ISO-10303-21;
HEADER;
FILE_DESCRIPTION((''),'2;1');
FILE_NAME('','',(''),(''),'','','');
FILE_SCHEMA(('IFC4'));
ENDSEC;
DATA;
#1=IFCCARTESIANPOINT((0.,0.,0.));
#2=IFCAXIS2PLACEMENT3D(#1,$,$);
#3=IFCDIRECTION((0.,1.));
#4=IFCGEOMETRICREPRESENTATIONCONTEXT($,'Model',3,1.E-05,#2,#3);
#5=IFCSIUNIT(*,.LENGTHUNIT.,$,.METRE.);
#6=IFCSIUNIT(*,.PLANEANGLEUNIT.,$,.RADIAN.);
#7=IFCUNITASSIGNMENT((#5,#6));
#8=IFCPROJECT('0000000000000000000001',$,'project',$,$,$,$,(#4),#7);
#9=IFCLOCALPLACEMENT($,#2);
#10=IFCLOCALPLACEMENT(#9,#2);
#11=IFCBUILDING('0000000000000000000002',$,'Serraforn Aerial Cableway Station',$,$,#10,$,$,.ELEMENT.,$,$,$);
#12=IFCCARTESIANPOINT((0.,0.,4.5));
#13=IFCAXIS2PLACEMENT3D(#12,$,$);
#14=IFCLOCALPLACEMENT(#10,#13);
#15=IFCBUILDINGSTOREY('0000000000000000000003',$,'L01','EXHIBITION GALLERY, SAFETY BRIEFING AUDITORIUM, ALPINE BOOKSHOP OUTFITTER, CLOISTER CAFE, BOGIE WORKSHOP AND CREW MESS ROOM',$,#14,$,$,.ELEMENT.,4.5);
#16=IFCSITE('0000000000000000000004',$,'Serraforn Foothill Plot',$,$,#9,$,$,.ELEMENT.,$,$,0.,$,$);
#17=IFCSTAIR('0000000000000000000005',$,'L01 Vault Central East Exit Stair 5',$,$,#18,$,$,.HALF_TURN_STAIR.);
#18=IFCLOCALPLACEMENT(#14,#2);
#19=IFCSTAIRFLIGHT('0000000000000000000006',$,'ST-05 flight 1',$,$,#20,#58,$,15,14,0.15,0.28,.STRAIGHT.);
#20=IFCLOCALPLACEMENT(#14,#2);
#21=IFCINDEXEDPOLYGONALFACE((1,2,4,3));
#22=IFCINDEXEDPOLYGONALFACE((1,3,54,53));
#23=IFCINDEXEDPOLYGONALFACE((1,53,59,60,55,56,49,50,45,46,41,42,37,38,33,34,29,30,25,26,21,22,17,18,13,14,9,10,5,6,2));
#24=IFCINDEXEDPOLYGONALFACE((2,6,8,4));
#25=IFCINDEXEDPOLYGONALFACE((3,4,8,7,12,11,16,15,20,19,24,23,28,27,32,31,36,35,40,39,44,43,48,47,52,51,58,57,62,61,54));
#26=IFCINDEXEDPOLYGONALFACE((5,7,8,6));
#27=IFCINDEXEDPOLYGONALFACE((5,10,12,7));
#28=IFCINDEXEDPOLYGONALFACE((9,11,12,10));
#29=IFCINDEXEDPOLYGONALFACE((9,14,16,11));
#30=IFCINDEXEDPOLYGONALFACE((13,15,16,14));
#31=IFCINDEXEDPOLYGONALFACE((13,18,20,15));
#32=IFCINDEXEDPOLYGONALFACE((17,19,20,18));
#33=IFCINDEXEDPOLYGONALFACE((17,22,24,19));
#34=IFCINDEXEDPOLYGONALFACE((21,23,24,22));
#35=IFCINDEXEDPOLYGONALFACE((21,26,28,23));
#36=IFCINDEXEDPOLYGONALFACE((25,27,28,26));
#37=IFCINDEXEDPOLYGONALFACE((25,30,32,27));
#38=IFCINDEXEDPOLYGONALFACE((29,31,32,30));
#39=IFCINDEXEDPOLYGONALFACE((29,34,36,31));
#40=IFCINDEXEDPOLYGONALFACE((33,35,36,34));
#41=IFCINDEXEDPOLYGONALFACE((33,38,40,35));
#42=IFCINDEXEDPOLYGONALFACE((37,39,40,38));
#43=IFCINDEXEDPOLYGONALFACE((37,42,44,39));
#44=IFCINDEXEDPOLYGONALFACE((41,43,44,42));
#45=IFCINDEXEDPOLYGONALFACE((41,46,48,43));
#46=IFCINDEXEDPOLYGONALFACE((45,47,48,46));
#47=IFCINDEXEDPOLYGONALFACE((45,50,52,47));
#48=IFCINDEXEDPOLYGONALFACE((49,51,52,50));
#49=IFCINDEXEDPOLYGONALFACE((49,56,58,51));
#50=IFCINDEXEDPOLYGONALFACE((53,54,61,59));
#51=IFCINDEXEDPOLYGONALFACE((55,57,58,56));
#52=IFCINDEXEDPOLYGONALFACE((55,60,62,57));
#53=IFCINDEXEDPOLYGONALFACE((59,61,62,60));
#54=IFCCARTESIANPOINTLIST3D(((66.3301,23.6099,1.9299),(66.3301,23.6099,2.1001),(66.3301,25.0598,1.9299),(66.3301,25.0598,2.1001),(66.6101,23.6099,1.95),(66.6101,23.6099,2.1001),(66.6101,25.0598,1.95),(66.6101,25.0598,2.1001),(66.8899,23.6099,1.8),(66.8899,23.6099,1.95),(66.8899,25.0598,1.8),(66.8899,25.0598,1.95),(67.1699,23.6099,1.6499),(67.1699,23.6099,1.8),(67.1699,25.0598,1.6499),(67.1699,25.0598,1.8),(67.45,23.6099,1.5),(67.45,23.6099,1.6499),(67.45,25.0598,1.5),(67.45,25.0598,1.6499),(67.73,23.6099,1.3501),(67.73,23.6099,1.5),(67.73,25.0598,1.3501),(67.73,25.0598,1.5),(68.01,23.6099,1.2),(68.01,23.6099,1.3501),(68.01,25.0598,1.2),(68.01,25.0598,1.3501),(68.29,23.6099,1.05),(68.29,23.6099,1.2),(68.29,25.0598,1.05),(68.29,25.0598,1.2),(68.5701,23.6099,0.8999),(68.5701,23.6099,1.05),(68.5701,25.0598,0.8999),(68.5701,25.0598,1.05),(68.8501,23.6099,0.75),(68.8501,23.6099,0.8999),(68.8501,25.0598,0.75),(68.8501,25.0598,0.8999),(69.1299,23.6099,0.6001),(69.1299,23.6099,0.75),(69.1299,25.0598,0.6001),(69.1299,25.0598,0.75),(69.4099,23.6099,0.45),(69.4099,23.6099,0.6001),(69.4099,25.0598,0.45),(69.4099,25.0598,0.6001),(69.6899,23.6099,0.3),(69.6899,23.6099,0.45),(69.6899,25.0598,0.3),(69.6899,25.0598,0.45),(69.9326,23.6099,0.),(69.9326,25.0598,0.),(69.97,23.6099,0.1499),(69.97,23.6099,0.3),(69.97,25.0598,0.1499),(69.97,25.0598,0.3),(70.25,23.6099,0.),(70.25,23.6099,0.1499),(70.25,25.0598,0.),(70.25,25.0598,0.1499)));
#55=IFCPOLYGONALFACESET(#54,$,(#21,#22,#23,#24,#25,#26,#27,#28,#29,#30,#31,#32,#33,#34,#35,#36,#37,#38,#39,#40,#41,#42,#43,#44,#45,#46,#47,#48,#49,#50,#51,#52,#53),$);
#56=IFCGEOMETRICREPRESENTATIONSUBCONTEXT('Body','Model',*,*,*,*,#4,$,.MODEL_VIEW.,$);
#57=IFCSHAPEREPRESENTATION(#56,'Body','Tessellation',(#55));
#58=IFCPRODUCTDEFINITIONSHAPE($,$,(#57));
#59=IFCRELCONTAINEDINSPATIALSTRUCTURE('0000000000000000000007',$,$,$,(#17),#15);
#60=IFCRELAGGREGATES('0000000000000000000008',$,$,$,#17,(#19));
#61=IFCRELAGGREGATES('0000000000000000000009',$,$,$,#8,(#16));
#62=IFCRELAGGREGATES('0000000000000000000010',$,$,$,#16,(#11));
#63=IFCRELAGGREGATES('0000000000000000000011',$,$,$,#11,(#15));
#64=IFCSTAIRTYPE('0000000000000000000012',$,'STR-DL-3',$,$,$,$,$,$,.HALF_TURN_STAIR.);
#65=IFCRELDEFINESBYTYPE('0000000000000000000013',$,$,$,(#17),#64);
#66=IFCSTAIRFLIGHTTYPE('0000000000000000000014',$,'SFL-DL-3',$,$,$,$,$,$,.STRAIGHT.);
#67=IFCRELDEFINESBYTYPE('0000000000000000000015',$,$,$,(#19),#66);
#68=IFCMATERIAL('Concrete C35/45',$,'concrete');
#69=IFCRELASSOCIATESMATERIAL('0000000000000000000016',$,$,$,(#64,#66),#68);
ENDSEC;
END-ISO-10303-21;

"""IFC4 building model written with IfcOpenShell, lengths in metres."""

from ifc_helpers import new_model, si_unit, direction, frame, origin, place, context, subcontext, project, spatial, polyline, outline, extrude, material, type_object, element, aggregate, save


model = new_model("IFC4")

# Units and contexts
model_context = context("Model", 3, precision=1e-05, world=origin(), true_north=direction((0.0, 1.0)))
body_context = subcontext(model_context, "Body", "Model", "MODEL_VIEW")
ifc_project = project(units=[si_unit("LENGTHUNIT", "METRE"), si_unit("PLANEANGLEUNIT", "RADIAN")], contexts=[model_context])

# Site, building, storey
site_placement = place(None, origin())
site = spatial("IfcSite", under=ifc_project, at=site_placement, Name="Serraforn Foothill Plot", CompositionType="ELEMENT", RefElevation=0.0)
building_placement = place(site_placement, origin())
building = spatial("IfcBuilding", under=site, at=building_placement, Name="Serraforn Aerial Cableway Station", CompositionType="ELEMENT")
storey_placement = place(building_placement, frame((0.0, 0.0, 4.5)))
storey = spatial("IfcBuildingStorey", under=building, at=storey_placement, Name="L01", Description="EXHIBITION GALLERY, SAFETY BRIEFING AUDITORIUM, ALPINE BOOKSHOP OUTFITTER, CLOISTER CAFE, BOGIE WORKSHOP AND CREW MESS ROOM", CompositionType="ELEMENT", Elevation=4.5)

# Shared definitions
ifc_material_1 = material(Name="Concrete C35/45", Category="concrete")

# Stair, stair flight
stair_type_1 = type_object("IfcStairType", Name="STR-DL-3", PredefinedType="HALF_TURN_STAIR", material=ifc_material_1)
stair_1_placement = place(storey_placement, origin())
stair_1 = element("IfcStair", 1, at=stair_1_placement, inside=storey, type_object=stair_type_1, Name="L01 Vault Central East Exit Stair 5", PredefinedType="HALF_TURN_STAIR")
stair_flight_type_1 = type_object("IfcStairFlightType", Name="SFL-DL-3", PredefinedType="STRAIGHT", material=ifc_material_1)
stair_flight_1_placement = place(storey_placement, frame((70.25, 24.335, 0.0), z_axis=(0.0, 0.0, 1.0), x_axis=(-1.0, 0.0, 0.0)))
stair_flight_1 = element("IfcStairFlight", 2, at=stair_flight_1_placement, type_object=stair_flight_type_1, Name="ST-05 flight 1", NumberOfRisers=15, NumberOfTreads=14, PredefinedType="STRAIGHT", RiserHeight=0.15, TreadLength=0.28, context=body_context, shape_type="SweptSolid", body=[
    extrude(outline(polyline([(0.0, 0.0), (0.0, 0.1499), (0.28, 0.1499), (0.28, 0.3), (0.5601, 0.3), (0.5601, 0.45), (0.8401, 0.45), (0.8401, 0.6001), (1.1201, 0.6001), (1.1201, 0.75), (1.3999, 0.75), (1.3999, 0.8999), (1.6799, 0.8999), (1.6799, 1.05), (1.96, 1.05), (1.96, 1.2), (2.24, 1.2), (2.24, 1.3501), (2.52, 1.3501), (2.52, 1.5), (2.8, 1.5), (2.8, 1.6499), (3.0801, 1.6499), (3.0801, 1.8), (3.3601, 1.8), (3.3601, 1.95), (3.6399, 1.95), (3.6399, 2.1001), (3.9199, 2.1001), (3.9199, 2.25), (3.9199, 1.9299), (0.3174, 0.0), (0.0, 0.0)])), frame((0.0, 0.7251, 0.0), z_axis=(0.0, -1.0, 0.0), x_axis=(1.0, 0.0, 0.0)), (0.0, 0.0, 1.0), 1.45),
])
aggregate(stair_1, [stair_flight_1])

save(model, "model.ifc")
